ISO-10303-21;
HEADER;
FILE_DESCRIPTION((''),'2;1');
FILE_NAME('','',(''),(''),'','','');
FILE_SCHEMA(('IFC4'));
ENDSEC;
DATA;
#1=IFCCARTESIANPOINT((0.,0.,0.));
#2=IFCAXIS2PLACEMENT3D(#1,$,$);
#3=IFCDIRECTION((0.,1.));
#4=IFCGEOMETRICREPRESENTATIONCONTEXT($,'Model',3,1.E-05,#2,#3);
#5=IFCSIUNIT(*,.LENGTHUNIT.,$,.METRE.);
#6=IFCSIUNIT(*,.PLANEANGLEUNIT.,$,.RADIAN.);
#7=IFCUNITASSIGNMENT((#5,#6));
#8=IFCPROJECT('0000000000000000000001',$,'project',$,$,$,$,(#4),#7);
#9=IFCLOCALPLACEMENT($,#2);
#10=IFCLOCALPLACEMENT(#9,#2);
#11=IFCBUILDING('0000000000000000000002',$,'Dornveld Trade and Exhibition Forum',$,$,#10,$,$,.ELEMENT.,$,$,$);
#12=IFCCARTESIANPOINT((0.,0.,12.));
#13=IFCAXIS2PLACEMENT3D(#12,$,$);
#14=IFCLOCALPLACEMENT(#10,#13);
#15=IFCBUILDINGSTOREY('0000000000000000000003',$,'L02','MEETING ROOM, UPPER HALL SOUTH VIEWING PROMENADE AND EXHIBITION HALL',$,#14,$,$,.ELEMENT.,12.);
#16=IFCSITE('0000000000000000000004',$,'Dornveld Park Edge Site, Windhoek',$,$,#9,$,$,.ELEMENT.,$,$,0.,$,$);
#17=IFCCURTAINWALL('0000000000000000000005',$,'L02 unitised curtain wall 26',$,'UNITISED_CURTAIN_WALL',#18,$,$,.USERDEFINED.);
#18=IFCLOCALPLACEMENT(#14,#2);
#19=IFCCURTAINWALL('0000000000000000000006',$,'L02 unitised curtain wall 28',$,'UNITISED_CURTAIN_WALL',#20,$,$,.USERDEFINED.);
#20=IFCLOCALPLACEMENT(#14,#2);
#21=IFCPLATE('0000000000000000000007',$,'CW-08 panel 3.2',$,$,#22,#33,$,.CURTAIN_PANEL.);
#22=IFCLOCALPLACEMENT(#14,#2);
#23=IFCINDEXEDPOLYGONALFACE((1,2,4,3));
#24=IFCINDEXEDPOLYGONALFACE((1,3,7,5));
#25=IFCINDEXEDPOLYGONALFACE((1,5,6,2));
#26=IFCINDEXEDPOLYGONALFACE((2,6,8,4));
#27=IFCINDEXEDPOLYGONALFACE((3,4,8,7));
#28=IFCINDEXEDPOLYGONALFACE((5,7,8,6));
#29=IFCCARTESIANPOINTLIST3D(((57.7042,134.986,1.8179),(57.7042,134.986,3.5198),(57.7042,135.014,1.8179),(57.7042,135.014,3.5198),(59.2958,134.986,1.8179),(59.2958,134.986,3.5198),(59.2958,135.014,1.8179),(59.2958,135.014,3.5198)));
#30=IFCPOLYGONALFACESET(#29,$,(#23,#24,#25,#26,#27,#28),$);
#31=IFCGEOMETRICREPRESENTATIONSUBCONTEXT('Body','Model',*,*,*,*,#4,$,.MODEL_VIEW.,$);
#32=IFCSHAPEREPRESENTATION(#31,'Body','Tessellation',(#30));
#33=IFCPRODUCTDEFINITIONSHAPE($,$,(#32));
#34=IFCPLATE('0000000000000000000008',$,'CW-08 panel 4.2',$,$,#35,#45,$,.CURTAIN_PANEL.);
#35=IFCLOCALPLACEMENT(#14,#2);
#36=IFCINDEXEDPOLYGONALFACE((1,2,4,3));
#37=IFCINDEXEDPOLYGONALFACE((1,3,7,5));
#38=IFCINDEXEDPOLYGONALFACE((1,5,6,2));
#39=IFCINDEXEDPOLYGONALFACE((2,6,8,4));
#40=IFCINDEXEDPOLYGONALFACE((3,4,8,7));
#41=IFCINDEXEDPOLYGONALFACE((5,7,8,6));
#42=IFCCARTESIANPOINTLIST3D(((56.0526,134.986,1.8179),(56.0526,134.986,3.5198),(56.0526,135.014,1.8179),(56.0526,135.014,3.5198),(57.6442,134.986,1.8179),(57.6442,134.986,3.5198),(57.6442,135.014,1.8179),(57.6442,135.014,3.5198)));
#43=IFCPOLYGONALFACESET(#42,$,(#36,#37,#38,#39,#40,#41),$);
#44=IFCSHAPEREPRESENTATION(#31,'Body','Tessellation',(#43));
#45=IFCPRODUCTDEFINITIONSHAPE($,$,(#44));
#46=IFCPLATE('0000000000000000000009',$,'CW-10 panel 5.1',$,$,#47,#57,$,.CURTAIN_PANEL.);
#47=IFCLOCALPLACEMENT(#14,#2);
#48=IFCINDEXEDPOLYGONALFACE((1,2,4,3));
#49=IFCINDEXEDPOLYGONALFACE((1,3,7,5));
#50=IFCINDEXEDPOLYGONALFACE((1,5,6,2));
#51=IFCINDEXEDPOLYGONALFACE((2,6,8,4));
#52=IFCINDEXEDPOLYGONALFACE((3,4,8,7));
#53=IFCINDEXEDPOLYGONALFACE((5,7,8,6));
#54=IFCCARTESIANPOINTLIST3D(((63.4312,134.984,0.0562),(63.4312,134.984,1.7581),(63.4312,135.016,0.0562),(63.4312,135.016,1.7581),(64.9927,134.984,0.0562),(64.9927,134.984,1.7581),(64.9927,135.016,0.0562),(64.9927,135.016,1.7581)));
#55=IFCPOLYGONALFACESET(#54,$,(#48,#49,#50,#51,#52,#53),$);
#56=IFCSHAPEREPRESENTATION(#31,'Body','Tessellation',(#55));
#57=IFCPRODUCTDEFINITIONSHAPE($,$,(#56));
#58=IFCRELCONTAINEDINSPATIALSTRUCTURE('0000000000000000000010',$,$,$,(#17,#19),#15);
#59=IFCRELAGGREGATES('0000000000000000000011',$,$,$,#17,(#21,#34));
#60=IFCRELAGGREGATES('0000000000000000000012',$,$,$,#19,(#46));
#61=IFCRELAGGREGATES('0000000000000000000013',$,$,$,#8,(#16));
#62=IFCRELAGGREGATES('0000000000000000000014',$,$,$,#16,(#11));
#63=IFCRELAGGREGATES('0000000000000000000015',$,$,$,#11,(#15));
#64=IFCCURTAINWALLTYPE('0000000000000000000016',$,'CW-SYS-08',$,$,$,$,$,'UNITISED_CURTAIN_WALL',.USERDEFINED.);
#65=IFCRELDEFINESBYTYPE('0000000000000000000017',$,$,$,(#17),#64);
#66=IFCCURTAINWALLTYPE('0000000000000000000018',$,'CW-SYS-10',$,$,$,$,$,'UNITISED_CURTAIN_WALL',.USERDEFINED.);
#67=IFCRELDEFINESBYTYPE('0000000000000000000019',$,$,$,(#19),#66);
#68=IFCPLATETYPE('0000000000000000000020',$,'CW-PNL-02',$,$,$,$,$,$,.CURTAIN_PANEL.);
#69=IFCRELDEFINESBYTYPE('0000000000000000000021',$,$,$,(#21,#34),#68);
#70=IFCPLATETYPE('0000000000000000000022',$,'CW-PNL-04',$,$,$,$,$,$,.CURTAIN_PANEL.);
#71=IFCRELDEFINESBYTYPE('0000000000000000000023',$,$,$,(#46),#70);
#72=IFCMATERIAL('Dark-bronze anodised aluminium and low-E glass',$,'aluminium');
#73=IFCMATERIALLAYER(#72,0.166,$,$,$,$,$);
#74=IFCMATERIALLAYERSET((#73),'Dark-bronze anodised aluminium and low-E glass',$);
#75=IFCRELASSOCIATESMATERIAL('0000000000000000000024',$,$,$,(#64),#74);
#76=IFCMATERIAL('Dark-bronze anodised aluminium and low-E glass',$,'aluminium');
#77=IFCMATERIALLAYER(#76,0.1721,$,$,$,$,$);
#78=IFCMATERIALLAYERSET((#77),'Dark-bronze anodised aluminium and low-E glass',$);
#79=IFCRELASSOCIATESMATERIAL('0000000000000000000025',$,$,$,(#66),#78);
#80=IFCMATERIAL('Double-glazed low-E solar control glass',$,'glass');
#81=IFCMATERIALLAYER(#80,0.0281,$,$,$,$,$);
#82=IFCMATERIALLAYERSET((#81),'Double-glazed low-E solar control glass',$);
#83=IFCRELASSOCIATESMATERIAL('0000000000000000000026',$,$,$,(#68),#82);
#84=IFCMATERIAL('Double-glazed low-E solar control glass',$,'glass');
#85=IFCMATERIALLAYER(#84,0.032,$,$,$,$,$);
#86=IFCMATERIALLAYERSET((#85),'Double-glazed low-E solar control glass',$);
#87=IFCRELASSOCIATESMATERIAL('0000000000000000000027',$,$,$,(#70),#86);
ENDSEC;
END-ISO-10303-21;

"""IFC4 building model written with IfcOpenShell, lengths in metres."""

from ifc_helpers import new_model, si_unit, direction, frame, origin, origin_2d, place, context, subcontext, project, spatial, rectangle, extrude, material, layer, layer_set, type_object, element, aggregate, save


model = new_model("IFC4")

# Units and contexts
model_context = context("Model", 3, precision=1e-05, world=origin(), true_north=direction((0.0, 1.0)))
body_context = subcontext(model_context, "Body", "Model", "MODEL_VIEW")
ifc_project = project(units=[si_unit("LENGTHUNIT", "METRE"), si_unit("PLANEANGLEUNIT", "RADIAN")], contexts=[model_context])

# Site, building, storey
site_placement = place(None, origin())
site = spatial("IfcSite", under=ifc_project, at=site_placement, Name="Dornveld Park Edge Site, Windhoek", CompositionType="ELEMENT", RefElevation=0.0)
building_placement = place(site_placement, origin())
building = spatial("IfcBuilding", under=site, at=building_placement, Name="Dornveld Trade and Exhibition Forum", CompositionType="ELEMENT")
storey_placement = place(building_placement, frame((0.0, 0.0, 12.0)))
storey = spatial("IfcBuildingStorey", under=building, at=storey_placement, Name="L02", Description="MEETING ROOM, UPPER HALL SOUTH VIEWING PROMENADE AND EXHIBITION HALL", CompositionType="ELEMENT", Elevation=12.0)

# Curtain wall
ifc_material_1 = material(Name="Dark-bronze anodised aluminium and low-E glass", Category="aluminium")
ifc_layer_1 = layer(ifc_material_1, 0.166)
ifc_layer_set_1 = layer_set([ifc_layer_1], Name="Dark-bronze anodised aluminium and low-E glass")
curtain_wall_type_1 = type_object("IfcCurtainWallType", Name="CW-SYS-08", ElementType="UNITISED_CURTAIN_WALL", PredefinedType="USERDEFINED", material=ifc_layer_set_1)
curtain_wall_1_placement = place(storey_placement, origin())
curtain_wall_1 = element("IfcCurtainWall", 1, at=curtain_wall_1_placement, inside=storey, type_object=curtain_wall_type_1, Name="L02 unitised curtain wall 26", ObjectType="UNITISED_CURTAIN_WALL", PredefinedType="USERDEFINED")

# Curtain wall
ifc_material_2 = material(Name="Dark-bronze anodised aluminium and low-E glass", Category="aluminium")
ifc_layer_2 = layer(ifc_material_2, 0.1721)
ifc_layer_set_2 = layer_set([ifc_layer_2], Name="Dark-bronze anodised aluminium and low-E glass")
curtain_wall_type_2 = type_object("IfcCurtainWallType", Name="CW-SYS-10", ElementType="UNITISED_CURTAIN_WALL", PredefinedType="USERDEFINED", material=ifc_layer_set_2)
curtain_wall_2_placement = place(storey_placement, origin())
curtain_wall_2 = element("IfcCurtainWall", 2, at=curtain_wall_2_placement, inside=storey, type_object=curtain_wall_type_2, Name="L02 unitised curtain wall 28", ObjectType="UNITISED_CURTAIN_WALL", PredefinedType="USERDEFINED")

# Plates
ifc_material_3 = material(Name="Double-glazed low-E solar control glass", Category="glass")
ifc_layer_3 = layer(ifc_material_3, 0.0281)
ifc_layer_set_3 = layer_set([ifc_layer_3], Name="Double-glazed low-E solar control glass")
plate_type_1 = type_object("IfcPlateType", Name="CW-PNL-02", PredefinedType="CURTAIN_PANEL", material=ifc_layer_set_3)
plate_1_placement = place(storey_placement, frame((58.5, 135.0, 1.8179), z_axis=(0.0, 0.0, 1.0), x_axis=(-1.0, 0.0, 0.0)))
plate_1 = element("IfcPlate", 3, at=plate_1_placement, type_object=plate_type_1, Name="CW-08 panel 3.2", PredefinedType="CURTAIN_PANEL", context=body_context, shape_type="SweptSolid", body=[
    extrude(rectangle(XDim=1.5916, YDim=0.0281, at=origin_2d()), origin(), (0.0, 0.0, 1.0), 1.7019),
])
plate_2_placement = place(storey_placement, frame((56.8484, 135.0, 1.8179), z_axis=(0.0, 0.0, 1.0), x_axis=(-1.0, 0.0, 0.0)))
plate_2 = element("IfcPlate", 4, at=plate_2_placement, type_object=plate_type_1, Name="CW-08 panel 4.2", PredefinedType="CURTAIN_PANEL", context=body_context, shape_type="SweptSolid", body=[
    extrude(rectangle(XDim=1.5916, YDim=0.0281, at=origin_2d()), origin(), (0.0, 0.0, 1.0), 1.7019),
])
aggregate(curtain_wall_1, [plate_1, plate_2])
ifc_material_4 = material(Name="Double-glazed low-E solar control glass", Category="glass")
ifc_layer_4 = layer(ifc_material_4, 0.032)
ifc_layer_set_4 = layer_set([ifc_layer_4], Name="Double-glazed low-E solar control glass")
plate_type_2 = type_object("IfcPlateType", Name="CW-PNL-04", PredefinedType="CURTAIN_PANEL", material=ifc_layer_set_4)
plate_3_placement = place(storey_placement, frame((64.2119, 135.0, 0.0562), z_axis=(0.0, 0.0, 1.0), x_axis=(-1.0, 0.0, 0.0)))
plate_3 = element("IfcPlate", 5, at=plate_3_placement, type_object=plate_type_2, Name="CW-10 panel 5.1", PredefinedType="CURTAIN_PANEL", context=body_context, shape_type="SweptSolid", body=[
    extrude(rectangle(XDim=1.5615, YDim=0.032, at=origin_2d()), origin(), (0.0, 0.0, 1.0), 1.7019),
])
aggregate(curtain_wall_2, [plate_3])

save(model, "model.ifc")
